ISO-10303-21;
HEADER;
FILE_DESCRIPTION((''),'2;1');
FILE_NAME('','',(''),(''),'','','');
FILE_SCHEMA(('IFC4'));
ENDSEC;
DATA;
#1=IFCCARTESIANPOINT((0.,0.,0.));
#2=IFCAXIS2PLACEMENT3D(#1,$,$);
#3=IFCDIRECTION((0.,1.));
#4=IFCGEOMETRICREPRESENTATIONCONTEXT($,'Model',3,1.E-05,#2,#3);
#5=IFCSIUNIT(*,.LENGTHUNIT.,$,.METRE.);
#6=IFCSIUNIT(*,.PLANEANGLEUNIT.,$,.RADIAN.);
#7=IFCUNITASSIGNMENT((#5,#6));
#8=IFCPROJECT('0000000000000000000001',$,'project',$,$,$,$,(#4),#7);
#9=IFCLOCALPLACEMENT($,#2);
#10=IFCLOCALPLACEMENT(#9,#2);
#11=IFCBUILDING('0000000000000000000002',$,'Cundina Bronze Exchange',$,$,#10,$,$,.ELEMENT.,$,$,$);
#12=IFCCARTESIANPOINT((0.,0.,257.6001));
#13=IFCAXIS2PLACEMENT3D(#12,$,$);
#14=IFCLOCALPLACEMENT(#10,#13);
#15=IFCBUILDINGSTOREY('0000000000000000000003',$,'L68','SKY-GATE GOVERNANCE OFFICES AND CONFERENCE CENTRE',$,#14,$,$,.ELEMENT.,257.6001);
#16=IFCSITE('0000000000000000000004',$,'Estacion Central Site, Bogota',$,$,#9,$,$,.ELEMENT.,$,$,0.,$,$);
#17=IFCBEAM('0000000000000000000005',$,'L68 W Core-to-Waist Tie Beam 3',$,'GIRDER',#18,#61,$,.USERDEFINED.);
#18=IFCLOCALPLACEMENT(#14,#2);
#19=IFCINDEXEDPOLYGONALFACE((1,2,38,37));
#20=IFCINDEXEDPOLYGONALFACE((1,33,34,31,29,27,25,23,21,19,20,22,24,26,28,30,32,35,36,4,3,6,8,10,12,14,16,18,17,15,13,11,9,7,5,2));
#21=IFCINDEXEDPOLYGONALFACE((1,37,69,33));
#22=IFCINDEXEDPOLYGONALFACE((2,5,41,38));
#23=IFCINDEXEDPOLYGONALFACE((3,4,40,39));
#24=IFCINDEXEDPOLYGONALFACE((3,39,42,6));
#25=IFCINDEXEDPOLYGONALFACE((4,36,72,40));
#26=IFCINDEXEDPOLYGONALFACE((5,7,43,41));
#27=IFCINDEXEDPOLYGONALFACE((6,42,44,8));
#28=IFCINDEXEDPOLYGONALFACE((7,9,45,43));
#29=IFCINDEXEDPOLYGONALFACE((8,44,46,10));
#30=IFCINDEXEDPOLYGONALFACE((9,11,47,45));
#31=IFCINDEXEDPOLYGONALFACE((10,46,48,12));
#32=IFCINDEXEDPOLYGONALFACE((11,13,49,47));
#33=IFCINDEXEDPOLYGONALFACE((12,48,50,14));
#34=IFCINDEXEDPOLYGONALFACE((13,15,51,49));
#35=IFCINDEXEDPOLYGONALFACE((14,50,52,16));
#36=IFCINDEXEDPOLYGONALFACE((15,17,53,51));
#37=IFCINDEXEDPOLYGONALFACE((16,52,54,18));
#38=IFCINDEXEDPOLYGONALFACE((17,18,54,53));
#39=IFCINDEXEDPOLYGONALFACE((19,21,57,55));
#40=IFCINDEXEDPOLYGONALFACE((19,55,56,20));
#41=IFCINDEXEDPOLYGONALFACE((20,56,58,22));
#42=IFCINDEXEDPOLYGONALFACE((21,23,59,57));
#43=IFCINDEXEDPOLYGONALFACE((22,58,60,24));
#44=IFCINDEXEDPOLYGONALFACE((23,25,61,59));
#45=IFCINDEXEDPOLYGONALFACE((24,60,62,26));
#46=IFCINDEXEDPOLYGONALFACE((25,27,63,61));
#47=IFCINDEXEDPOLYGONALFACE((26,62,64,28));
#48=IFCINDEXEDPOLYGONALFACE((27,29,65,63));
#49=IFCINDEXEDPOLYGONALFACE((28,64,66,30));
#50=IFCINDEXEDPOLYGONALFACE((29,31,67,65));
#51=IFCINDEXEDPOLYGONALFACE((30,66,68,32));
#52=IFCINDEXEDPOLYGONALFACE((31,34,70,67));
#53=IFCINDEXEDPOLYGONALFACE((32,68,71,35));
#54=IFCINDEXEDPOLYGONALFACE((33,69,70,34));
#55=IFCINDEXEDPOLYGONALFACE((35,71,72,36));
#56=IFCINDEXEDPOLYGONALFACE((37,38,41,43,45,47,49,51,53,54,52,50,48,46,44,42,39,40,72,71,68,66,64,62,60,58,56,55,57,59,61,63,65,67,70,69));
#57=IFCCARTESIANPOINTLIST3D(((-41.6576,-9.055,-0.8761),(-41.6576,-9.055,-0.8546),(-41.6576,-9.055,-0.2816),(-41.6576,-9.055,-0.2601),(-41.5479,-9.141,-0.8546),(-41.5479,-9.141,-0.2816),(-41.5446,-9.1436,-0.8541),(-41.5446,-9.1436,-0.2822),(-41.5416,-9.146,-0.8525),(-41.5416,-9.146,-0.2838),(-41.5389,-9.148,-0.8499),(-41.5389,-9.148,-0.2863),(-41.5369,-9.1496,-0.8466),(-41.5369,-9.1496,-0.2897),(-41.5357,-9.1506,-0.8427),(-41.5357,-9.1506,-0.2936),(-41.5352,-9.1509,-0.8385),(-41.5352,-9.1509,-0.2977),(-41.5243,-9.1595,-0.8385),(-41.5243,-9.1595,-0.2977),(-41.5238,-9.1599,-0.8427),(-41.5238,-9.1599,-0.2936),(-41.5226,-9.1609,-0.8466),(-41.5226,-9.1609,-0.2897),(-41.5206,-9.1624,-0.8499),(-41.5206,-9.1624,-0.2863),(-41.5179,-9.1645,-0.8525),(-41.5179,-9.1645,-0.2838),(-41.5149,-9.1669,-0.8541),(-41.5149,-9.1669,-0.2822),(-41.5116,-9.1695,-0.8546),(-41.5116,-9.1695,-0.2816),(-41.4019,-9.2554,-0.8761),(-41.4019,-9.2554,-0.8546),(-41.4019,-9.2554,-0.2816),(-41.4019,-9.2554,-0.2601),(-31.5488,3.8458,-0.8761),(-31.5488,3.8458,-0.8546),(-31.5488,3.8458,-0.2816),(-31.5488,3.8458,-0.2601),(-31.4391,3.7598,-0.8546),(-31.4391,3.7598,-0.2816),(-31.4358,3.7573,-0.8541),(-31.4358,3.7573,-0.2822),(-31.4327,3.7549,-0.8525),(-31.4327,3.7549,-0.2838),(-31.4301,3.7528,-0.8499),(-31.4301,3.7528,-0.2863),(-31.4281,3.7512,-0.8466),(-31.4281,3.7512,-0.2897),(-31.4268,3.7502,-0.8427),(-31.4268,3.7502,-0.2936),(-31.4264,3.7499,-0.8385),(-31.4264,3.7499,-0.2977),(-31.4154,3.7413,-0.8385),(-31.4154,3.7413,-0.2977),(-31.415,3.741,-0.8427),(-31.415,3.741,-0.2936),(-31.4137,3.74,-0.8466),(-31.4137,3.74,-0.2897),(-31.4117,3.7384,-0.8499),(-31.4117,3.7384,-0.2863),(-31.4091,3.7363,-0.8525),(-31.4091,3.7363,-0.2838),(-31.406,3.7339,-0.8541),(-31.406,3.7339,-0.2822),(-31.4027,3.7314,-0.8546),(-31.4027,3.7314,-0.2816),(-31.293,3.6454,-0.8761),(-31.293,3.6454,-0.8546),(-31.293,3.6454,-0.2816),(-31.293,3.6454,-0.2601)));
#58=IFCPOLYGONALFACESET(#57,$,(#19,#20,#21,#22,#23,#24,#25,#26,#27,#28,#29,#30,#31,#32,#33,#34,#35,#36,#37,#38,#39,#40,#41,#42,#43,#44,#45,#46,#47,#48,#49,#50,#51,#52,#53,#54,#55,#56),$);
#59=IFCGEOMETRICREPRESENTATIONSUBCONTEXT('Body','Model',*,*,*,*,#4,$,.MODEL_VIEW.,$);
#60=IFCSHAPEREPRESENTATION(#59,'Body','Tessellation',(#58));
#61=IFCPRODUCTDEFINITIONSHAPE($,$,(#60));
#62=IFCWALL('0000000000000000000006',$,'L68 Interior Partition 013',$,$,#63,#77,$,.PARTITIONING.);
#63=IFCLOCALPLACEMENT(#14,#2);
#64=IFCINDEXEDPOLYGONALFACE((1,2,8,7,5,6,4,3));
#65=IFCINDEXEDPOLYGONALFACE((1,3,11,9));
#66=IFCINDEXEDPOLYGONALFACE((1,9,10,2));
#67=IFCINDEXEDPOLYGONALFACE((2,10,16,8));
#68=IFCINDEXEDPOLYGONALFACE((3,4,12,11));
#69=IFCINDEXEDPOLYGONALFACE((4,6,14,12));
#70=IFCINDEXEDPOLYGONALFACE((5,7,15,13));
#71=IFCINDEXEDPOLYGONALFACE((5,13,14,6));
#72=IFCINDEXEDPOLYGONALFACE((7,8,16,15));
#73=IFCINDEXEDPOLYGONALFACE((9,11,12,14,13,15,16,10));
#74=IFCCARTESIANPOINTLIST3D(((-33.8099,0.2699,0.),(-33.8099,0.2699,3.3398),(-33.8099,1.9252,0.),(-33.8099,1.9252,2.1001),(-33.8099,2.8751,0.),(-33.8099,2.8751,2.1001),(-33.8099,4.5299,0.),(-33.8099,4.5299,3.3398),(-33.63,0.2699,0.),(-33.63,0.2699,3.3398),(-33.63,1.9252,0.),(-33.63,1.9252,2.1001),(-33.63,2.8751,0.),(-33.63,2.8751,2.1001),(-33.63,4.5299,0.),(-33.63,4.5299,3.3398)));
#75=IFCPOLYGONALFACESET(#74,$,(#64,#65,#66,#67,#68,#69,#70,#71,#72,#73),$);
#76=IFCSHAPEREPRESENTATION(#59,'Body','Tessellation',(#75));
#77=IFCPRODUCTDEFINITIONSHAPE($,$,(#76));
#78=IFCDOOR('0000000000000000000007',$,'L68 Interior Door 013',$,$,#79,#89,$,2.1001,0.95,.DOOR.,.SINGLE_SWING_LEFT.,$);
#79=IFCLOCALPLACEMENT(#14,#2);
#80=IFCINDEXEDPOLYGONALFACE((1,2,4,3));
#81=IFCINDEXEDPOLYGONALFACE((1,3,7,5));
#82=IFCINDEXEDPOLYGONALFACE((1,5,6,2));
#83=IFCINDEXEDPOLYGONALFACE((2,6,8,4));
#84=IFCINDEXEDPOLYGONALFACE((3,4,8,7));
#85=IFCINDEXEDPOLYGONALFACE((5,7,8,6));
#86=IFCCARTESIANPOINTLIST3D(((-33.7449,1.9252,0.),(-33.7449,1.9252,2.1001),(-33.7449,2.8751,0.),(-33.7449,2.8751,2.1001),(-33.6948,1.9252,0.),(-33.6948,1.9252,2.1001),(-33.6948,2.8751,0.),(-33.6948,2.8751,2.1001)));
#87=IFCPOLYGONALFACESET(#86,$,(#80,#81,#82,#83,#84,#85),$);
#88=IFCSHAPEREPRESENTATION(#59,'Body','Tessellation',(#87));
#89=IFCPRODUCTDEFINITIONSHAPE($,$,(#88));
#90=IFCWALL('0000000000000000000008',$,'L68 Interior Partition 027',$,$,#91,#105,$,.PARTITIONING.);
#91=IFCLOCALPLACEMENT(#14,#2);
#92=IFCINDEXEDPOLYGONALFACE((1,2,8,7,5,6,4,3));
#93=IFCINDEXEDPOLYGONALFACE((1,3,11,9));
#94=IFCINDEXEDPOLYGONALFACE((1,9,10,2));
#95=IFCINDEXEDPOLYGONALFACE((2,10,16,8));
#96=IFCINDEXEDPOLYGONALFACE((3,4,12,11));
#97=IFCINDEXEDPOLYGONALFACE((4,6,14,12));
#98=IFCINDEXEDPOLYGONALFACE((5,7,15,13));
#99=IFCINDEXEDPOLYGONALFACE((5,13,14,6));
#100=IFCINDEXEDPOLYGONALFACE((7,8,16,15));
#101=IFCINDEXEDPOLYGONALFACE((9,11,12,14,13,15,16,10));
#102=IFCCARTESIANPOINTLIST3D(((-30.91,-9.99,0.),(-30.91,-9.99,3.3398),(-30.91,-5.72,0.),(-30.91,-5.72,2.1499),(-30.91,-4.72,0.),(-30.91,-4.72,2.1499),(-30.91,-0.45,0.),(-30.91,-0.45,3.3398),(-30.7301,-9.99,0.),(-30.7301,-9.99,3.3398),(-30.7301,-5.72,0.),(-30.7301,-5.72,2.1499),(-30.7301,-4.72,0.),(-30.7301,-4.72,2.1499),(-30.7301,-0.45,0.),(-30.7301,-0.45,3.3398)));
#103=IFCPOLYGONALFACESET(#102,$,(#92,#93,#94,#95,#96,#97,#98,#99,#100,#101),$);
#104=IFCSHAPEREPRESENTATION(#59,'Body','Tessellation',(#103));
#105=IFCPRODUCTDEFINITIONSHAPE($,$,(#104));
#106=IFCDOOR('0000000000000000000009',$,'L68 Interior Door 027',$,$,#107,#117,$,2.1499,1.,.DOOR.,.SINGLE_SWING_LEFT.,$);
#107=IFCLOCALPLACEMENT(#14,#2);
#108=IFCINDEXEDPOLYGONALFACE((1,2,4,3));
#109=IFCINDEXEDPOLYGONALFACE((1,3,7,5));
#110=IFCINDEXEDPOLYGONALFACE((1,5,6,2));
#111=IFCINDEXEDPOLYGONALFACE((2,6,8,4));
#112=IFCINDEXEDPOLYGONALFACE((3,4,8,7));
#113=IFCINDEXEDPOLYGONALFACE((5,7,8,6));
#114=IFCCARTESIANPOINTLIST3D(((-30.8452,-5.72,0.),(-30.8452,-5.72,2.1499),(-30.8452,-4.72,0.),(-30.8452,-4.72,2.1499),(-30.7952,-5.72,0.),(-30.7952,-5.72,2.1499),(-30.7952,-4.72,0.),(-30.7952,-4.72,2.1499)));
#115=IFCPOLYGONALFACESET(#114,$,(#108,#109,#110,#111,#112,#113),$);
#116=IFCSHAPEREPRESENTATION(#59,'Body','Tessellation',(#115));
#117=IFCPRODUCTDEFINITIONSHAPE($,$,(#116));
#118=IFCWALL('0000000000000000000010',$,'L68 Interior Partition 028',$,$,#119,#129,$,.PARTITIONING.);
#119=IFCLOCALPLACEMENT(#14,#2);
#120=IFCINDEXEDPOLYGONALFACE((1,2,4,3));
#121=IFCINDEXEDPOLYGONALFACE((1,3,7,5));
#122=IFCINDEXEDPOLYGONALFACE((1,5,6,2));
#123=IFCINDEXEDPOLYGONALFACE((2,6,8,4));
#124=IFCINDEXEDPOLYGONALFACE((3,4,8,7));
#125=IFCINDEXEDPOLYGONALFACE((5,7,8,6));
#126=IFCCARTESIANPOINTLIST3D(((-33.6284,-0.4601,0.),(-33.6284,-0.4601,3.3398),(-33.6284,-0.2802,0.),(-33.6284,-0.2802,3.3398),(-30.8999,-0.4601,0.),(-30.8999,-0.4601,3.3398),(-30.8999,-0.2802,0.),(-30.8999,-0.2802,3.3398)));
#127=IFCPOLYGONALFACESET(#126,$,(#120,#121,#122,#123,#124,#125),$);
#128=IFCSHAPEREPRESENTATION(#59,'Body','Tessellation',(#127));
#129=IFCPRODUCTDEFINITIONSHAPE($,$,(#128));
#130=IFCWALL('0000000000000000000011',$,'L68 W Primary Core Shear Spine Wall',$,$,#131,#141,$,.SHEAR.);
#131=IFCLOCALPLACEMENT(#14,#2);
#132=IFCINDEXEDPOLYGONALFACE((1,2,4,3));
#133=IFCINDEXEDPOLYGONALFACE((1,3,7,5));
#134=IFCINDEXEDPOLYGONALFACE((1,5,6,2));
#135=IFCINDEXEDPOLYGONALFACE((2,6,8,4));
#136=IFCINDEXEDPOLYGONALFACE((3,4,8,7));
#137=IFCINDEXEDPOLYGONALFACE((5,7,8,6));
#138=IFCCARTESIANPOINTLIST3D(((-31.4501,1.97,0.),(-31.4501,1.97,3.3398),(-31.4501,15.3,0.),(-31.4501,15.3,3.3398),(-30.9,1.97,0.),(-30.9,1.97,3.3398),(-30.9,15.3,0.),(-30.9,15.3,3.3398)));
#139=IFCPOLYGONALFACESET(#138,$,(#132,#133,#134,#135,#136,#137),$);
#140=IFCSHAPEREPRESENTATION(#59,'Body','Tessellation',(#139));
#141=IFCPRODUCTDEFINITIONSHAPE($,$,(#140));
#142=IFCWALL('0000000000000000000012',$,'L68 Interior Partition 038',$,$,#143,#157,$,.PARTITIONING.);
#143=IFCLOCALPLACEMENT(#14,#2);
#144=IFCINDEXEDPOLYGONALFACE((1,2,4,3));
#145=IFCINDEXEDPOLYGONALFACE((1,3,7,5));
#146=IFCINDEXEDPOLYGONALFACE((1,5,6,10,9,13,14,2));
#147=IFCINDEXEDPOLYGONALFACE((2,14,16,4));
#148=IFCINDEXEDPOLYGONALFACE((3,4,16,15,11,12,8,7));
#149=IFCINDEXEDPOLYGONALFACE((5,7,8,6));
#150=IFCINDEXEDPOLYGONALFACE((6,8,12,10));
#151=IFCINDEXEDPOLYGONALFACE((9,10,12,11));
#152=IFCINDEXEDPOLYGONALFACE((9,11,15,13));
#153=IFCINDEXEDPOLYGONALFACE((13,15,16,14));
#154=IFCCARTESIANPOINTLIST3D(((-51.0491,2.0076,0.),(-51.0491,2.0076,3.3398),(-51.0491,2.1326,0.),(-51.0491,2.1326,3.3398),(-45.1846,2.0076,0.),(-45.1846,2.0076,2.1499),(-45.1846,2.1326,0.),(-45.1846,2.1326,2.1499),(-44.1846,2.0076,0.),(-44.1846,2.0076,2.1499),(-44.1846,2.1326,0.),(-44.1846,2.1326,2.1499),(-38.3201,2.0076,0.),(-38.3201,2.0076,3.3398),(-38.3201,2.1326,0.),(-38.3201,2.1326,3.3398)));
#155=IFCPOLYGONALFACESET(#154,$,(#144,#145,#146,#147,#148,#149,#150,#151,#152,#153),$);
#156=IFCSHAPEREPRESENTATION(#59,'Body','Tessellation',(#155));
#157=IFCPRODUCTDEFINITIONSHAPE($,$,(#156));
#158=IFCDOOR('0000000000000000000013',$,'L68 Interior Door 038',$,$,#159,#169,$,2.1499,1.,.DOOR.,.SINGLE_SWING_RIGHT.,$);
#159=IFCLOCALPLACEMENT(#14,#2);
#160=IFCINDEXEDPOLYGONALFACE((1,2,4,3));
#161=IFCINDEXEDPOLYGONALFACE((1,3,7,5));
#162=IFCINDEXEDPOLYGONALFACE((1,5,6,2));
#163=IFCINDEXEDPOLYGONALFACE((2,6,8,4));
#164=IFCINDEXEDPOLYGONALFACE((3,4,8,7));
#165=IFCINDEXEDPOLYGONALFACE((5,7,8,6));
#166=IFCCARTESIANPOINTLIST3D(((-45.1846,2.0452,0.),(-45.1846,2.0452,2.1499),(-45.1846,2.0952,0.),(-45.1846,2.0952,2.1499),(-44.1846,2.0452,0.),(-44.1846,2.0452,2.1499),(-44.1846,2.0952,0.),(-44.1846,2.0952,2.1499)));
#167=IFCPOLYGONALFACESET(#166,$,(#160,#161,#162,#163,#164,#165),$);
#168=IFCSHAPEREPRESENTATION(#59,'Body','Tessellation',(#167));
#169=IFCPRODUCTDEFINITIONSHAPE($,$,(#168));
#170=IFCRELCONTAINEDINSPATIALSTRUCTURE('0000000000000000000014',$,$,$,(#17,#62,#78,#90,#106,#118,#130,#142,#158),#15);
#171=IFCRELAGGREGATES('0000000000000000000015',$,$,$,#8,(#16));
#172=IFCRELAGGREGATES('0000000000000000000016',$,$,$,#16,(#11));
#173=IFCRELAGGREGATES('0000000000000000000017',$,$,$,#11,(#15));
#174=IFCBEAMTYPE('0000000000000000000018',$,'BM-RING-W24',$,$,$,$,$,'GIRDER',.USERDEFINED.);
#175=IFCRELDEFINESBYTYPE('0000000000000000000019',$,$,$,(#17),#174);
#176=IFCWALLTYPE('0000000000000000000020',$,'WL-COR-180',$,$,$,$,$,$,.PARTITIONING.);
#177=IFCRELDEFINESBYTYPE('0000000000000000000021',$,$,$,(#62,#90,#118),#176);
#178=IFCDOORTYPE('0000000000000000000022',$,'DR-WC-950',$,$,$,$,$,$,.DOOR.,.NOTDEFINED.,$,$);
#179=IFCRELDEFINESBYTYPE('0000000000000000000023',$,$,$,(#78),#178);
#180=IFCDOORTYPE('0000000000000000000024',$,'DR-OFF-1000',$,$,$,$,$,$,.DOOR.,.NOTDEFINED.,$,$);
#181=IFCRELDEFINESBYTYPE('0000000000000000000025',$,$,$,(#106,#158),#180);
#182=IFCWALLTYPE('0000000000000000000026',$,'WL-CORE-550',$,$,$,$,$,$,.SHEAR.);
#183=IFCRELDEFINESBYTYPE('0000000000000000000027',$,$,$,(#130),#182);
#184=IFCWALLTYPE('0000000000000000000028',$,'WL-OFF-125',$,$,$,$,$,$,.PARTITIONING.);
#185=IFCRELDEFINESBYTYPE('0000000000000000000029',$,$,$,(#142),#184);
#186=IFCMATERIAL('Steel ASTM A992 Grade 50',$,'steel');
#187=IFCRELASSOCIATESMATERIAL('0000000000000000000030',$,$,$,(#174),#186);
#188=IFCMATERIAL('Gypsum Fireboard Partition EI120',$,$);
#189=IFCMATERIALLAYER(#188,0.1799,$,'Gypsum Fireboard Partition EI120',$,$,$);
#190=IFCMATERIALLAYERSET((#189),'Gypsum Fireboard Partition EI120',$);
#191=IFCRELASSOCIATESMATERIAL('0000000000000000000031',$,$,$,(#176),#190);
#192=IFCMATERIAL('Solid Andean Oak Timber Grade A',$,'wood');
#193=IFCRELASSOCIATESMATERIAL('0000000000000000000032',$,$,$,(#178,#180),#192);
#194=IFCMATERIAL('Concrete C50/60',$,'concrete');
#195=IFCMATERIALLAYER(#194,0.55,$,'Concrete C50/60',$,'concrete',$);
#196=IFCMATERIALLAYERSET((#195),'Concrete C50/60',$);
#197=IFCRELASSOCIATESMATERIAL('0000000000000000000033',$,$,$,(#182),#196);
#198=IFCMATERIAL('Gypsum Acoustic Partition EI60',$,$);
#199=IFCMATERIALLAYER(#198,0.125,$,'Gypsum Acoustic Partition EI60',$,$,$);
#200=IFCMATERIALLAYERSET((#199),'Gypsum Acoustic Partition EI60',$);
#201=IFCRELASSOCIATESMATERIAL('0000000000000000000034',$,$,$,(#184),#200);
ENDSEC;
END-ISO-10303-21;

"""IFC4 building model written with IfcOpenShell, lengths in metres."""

from ifc_helpers import new_model, si_unit, direction, frame, frame_2d, origin, origin_2d, place, context, subcontext, project, spatial, rectangle, i_section, extrude, material, layer, layer_set, material_profile, profile_set, type_object, element, fill, save


model = new_model("IFC4")

# Units and contexts
model_context = context("Model", 3, precision=1e-05, world=origin(), true_north=direction((0.0, 1.0)))
body_context = subcontext(model_context, "Body", "Model", "MODEL_VIEW")
ifc_project = project(units=[si_unit("LENGTHUNIT", "METRE"), si_unit("PLANEANGLEUNIT", "RADIAN")], contexts=[model_context])

# Site, building, storey
site_placement = place(None, origin())
site = spatial("IfcSite", under=ifc_project, at=site_placement, Name="Estacion Central Site, Bogota", CompositionType="ELEMENT", RefElevation=0.0)
building_placement = place(site_placement, origin())
building = spatial("IfcBuilding", under=site, at=building_placement, Name="Cundina Bronze Exchange", CompositionType="ELEMENT")
storey_placement = place(building_placement, frame((0.0, 0.0, 257.6001)))
storey = spatial("IfcBuildingStorey", under=building, at=storey_placement, Name="L68", Description="SKY-GATE GOVERNANCE OFFICES AND CONFERENCE CENTRE", CompositionType="ELEMENT", Elevation=257.6001)

# Shared definitions
ifc_material_1 = material(Name="Concrete C50/60", Category="concrete")

# Beam
ifc_material_2 = material(Name="Steel ASTM A992 Grade 50", Category="steel")
ifc_material_profile_1 = material_profile(ifc_material_2, i_section(OverallWidth=0.325, OverallDepth=0.616, WebThickness=0.0139, FlangeThickness=0.0215, FilletRadius=0.0161, at=origin_2d()), Name="W24X117", Category="steel")
ifc_profile_set_1 = profile_set([ifc_material_profile_1], Name="Steel ASTM A992 Grade 50")
beam_type_1 = type_object("IfcBeamType", Name="BM-RING-W24", ElementType="GIRDER", PredefinedType="USERDEFINED", material=ifc_profile_set_1)
beam_1_placement = place(storey_placement, frame((-31.4209, 3.7456, -0.5681), z_axis=(-0.616783, -0.787133, 0.0), x_axis=(0.787133, -0.616783, 0.0)))
element("IfcBeam", 1, at=beam_1_placement, inside=storey, type_object=beam_type_1, Name="L68 W Core-to-Waist Tie Beam 3", ObjectType="GIRDER", PredefinedType="USERDEFINED", context=body_context, shape_type="SweptSolid", body=[
    extrude(i_section(OverallWidth=0.325, OverallDepth=0.616, WebThickness=0.0139, FlangeThickness=0.0215, FilletRadius=0.0161, at=origin_2d()), origin(), (0.0, 0.0, 1.0), 16.3896),
])

# Walls, openings, doors
ifc_material_3 = material(Name="Gypsum Fireboard Partition EI120")
ifc_layer_1 = layer(ifc_material_3, 0.1799, Name="Gypsum Fireboard Partition EI120")
ifc_layer_set_1 = layer_set([ifc_layer_1], Name="Gypsum Fireboard Partition EI120")
wall_type_1 = type_object("IfcWallType", Name="WL-COR-180", PredefinedType="PARTITIONING", material=ifc_layer_set_1)
wall_1_placement = place(storey_placement, frame((-33.72, 0.27, 0.0), z_axis=(0.0, 0.0, 1.0), x_axis=(0.0, 1.0, 0.0)))
wall_1 = element("IfcWall", 2, at=wall_1_placement, inside=storey, type_object=wall_type_1, Name="L68 Interior Partition 013", PredefinedType="PARTITIONING", context=body_context, shape_type="SweptSolid", body=[
    extrude(rectangle(XDim=4.26, YDim=0.1799, at=frame_2d((2.1299, 0.0))), origin(), (0.0, 0.0, 1.0), 3.3398),
])
opening_1_placement = place(wall_1_placement, frame((1.655, 0.0, 0.0)))
opening_1 = element("IfcOpeningElement", 3, at=opening_1_placement, cuts=wall_1, PredefinedType="OPENING", context=body_context, shape_type="SweptSolid", body=[
    extrude(rectangle(XDim=0.95, YDim=2.1001, at=frame_2d((0.4751, 1.05))), frame((0.0, 0.0999, 0.0), z_axis=(0.0, -1.0, 0.0), x_axis=(1.0, 0.0, 0.0)), (0.0, 0.0, 1.0), 0.2),
])
ifc_material_4 = material(Name="Solid Andean Oak Timber Grade A", Category="wood")
door_type_1 = type_object("IfcDoorType", Name="DR-WC-950", OperationType="NOTDEFINED", PredefinedType="DOOR", material=ifc_material_4)
door_1_placement = place(opening_1_placement, origin())
door_1 = element("IfcDoor", 4, at=door_1_placement, inside=storey, type_object=door_type_1, Name="L68 Interior Door 013", OperationType="SINGLE_SWING_LEFT", OverallHeight=2.1001, OverallWidth=0.95, PredefinedType="DOOR", context=body_context, shape_type="SweptSolid", body=[
    extrude(rectangle(XDim=0.95, YDim=2.1001, at=frame_2d((0.4751, 1.05))), frame((0.0, 0.0249, 0.0), z_axis=(0.0, -1.0, 0.0), x_axis=(1.0, 0.0, 0.0)), (0.0, 0.0, 1.0), 0.05),
])
fill(opening_1, door_1)
wall_2_placement = place(storey_placement, frame((-30.8201, -0.45, 0.0), z_axis=(0.0, 0.0, 1.0), x_axis=(0.0, -1.0, 0.0)))
wall_2 = element("IfcWall", 5, at=wall_2_placement, inside=storey, type_object=wall_type_1, Name="L68 Interior Partition 027", PredefinedType="PARTITIONING", context=body_context, shape_type="SweptSolid", body=[
    extrude(rectangle(XDim=9.54, YDim=0.1799, at=frame_2d((4.77, 0.0))), origin(), (0.0, 0.0, 1.0), 3.3398),
])
opening_2_placement = place(wall_2_placement, frame((4.27, 0.0, 0.0)))
opening_2 = element("IfcOpeningElement", 6, at=opening_2_placement, cuts=wall_2, PredefinedType="OPENING", context=body_context, shape_type="SweptSolid", body=[
    extrude(rectangle(XDim=1.0, YDim=2.1499, at=frame_2d((0.5, 1.075))), frame((0.0, 0.0999, 0.0), z_axis=(0.0, -1.0, 0.0), x_axis=(1.0, 0.0, 0.0)), (0.0, 0.0, 1.0), 0.2),
])
door_type_2 = type_object("IfcDoorType", Name="DR-OFF-1000", OperationType="NOTDEFINED", PredefinedType="DOOR", material=ifc_material_4)
door_2_placement = place(opening_2_placement, origin())
door_2 = element("IfcDoor", 7, at=door_2_placement, inside=storey, type_object=door_type_2, Name="L68 Interior Door 027", OperationType="SINGLE_SWING_LEFT", OverallHeight=2.1499, OverallWidth=1.0, PredefinedType="DOOR", context=body_context, shape_type="SweptSolid", body=[
    extrude(rectangle(XDim=1.0, YDim=2.1499, at=frame_2d((0.5, 1.075))), frame((0.0, 0.0249, 0.0), z_axis=(0.0, -1.0, 0.0), x_axis=(1.0, 0.0, 0.0)), (0.0, 0.0, 1.0), 0.05),
])
fill(opening_2, door_2)

# Walls
wall_3_placement = place(storey_placement, frame((-33.6284, -0.3701, 0.0), z_axis=(0.0, 0.0, 1.0), x_axis=(1.0, 0.0, 0.0)))
element("IfcWall", 8, at=wall_3_placement, inside=storey, type_object=wall_type_1, Name="L68 Interior Partition 028", PredefinedType="PARTITIONING", context=body_context, shape_type="SweptSolid", body=[
    extrude(rectangle(XDim=2.7285, YDim=0.1799, at=frame_2d((1.3643, 0.0))), origin(), (0.0, 0.0, 1.0), 3.3398),
])
ifc_layer_2 = layer(ifc_material_1, 0.55, Name="Concrete C50/60", Category="concrete")
ifc_layer_set_2 = layer_set([ifc_layer_2], Name="Concrete C50/60")
wall_type_2 = type_object("IfcWallType", Name="WL-CORE-550", PredefinedType="SHEAR", material=ifc_layer_set_2)
wall_4_placement = place(storey_placement, frame((-31.175, 1.97, 0.0), z_axis=(0.0, 0.0, 1.0), x_axis=(0.0, 1.0, 0.0)))
element("IfcWall", 9, at=wall_4_placement, inside=storey, type_object=wall_type_2, Name="L68 W Primary Core Shear Spine Wall", PredefinedType="SHEAR", context=body_context, shape_type="SweptSolid", body=[
    extrude(rectangle(XDim=13.3301, YDim=0.55, at=frame_2d((6.665, 0.0))), origin(), (0.0, 0.0, 1.0), 3.3398),
])

# Wall, opening, door
ifc_material_5 = material(Name="Gypsum Acoustic Partition EI60")
ifc_layer_3 = layer(ifc_material_5, 0.125, Name="Gypsum Acoustic Partition EI60")
ifc_layer_set_3 = layer_set([ifc_layer_3], Name="Gypsum Acoustic Partition EI60")
wall_type_3 = type_object("IfcWallType", Name="WL-OFF-125", PredefinedType="PARTITIONING", material=ifc_layer_set_3)
wall_5_placement = place(storey_placement, frame((-38.3201, 2.0701, 0.0), z_axis=(0.0, 0.0, 1.0), x_axis=(-1.0, 0.0, 0.0)))
wall_5 = element("IfcWall", 10, at=wall_5_placement, inside=storey, type_object=wall_type_3, Name="L68 Interior Partition 038", PredefinedType="PARTITIONING", context=body_context, shape_type="SweptSolid", body=[
    extrude(rectangle(XDim=12.729, YDim=0.125, at=frame_2d((6.3645, 0.0))), origin(), (0.0, 0.0, 1.0), 3.3398),
])
opening_3_placement = place(wall_5_placement, frame((5.8645, 0.0, 0.0)))
opening_3 = element("IfcOpeningElement", 11, at=opening_3_placement, cuts=wall_5, PredefinedType="OPENING", context=body_context, shape_type="SweptSolid", body=[
    extrude(rectangle(XDim=1.0, YDim=2.1499, at=frame_2d((0.5, 1.075))), frame((0.0, 0.0725, 0.0), z_axis=(0.0, -1.0, 0.0), x_axis=(1.0, 0.0, 0.0)), (0.0, 0.0, 1.0), 0.145),
])
door_3_placement = place(opening_3_placement, origin())
door_3 = element("IfcDoor", 12, at=door_3_placement, inside=storey, type_object=door_type_2, Name="L68 Interior Door 038", OperationType="SINGLE_SWING_RIGHT", OverallHeight=2.1499, OverallWidth=1.0, PredefinedType="DOOR", context=body_context, shape_type="SweptSolid", body=[
    extrude(rectangle(XDim=1.0, YDim=2.1499, at=frame_2d((0.5, 1.075))), frame((0.0, 0.0249, 0.0), z_axis=(0.0, -1.0, 0.0), x_axis=(1.0, 0.0, 0.0)), (0.0, 0.0, 1.0), 0.05),
])
fill(opening_3, door_3)

save(model, "model.ifc")
